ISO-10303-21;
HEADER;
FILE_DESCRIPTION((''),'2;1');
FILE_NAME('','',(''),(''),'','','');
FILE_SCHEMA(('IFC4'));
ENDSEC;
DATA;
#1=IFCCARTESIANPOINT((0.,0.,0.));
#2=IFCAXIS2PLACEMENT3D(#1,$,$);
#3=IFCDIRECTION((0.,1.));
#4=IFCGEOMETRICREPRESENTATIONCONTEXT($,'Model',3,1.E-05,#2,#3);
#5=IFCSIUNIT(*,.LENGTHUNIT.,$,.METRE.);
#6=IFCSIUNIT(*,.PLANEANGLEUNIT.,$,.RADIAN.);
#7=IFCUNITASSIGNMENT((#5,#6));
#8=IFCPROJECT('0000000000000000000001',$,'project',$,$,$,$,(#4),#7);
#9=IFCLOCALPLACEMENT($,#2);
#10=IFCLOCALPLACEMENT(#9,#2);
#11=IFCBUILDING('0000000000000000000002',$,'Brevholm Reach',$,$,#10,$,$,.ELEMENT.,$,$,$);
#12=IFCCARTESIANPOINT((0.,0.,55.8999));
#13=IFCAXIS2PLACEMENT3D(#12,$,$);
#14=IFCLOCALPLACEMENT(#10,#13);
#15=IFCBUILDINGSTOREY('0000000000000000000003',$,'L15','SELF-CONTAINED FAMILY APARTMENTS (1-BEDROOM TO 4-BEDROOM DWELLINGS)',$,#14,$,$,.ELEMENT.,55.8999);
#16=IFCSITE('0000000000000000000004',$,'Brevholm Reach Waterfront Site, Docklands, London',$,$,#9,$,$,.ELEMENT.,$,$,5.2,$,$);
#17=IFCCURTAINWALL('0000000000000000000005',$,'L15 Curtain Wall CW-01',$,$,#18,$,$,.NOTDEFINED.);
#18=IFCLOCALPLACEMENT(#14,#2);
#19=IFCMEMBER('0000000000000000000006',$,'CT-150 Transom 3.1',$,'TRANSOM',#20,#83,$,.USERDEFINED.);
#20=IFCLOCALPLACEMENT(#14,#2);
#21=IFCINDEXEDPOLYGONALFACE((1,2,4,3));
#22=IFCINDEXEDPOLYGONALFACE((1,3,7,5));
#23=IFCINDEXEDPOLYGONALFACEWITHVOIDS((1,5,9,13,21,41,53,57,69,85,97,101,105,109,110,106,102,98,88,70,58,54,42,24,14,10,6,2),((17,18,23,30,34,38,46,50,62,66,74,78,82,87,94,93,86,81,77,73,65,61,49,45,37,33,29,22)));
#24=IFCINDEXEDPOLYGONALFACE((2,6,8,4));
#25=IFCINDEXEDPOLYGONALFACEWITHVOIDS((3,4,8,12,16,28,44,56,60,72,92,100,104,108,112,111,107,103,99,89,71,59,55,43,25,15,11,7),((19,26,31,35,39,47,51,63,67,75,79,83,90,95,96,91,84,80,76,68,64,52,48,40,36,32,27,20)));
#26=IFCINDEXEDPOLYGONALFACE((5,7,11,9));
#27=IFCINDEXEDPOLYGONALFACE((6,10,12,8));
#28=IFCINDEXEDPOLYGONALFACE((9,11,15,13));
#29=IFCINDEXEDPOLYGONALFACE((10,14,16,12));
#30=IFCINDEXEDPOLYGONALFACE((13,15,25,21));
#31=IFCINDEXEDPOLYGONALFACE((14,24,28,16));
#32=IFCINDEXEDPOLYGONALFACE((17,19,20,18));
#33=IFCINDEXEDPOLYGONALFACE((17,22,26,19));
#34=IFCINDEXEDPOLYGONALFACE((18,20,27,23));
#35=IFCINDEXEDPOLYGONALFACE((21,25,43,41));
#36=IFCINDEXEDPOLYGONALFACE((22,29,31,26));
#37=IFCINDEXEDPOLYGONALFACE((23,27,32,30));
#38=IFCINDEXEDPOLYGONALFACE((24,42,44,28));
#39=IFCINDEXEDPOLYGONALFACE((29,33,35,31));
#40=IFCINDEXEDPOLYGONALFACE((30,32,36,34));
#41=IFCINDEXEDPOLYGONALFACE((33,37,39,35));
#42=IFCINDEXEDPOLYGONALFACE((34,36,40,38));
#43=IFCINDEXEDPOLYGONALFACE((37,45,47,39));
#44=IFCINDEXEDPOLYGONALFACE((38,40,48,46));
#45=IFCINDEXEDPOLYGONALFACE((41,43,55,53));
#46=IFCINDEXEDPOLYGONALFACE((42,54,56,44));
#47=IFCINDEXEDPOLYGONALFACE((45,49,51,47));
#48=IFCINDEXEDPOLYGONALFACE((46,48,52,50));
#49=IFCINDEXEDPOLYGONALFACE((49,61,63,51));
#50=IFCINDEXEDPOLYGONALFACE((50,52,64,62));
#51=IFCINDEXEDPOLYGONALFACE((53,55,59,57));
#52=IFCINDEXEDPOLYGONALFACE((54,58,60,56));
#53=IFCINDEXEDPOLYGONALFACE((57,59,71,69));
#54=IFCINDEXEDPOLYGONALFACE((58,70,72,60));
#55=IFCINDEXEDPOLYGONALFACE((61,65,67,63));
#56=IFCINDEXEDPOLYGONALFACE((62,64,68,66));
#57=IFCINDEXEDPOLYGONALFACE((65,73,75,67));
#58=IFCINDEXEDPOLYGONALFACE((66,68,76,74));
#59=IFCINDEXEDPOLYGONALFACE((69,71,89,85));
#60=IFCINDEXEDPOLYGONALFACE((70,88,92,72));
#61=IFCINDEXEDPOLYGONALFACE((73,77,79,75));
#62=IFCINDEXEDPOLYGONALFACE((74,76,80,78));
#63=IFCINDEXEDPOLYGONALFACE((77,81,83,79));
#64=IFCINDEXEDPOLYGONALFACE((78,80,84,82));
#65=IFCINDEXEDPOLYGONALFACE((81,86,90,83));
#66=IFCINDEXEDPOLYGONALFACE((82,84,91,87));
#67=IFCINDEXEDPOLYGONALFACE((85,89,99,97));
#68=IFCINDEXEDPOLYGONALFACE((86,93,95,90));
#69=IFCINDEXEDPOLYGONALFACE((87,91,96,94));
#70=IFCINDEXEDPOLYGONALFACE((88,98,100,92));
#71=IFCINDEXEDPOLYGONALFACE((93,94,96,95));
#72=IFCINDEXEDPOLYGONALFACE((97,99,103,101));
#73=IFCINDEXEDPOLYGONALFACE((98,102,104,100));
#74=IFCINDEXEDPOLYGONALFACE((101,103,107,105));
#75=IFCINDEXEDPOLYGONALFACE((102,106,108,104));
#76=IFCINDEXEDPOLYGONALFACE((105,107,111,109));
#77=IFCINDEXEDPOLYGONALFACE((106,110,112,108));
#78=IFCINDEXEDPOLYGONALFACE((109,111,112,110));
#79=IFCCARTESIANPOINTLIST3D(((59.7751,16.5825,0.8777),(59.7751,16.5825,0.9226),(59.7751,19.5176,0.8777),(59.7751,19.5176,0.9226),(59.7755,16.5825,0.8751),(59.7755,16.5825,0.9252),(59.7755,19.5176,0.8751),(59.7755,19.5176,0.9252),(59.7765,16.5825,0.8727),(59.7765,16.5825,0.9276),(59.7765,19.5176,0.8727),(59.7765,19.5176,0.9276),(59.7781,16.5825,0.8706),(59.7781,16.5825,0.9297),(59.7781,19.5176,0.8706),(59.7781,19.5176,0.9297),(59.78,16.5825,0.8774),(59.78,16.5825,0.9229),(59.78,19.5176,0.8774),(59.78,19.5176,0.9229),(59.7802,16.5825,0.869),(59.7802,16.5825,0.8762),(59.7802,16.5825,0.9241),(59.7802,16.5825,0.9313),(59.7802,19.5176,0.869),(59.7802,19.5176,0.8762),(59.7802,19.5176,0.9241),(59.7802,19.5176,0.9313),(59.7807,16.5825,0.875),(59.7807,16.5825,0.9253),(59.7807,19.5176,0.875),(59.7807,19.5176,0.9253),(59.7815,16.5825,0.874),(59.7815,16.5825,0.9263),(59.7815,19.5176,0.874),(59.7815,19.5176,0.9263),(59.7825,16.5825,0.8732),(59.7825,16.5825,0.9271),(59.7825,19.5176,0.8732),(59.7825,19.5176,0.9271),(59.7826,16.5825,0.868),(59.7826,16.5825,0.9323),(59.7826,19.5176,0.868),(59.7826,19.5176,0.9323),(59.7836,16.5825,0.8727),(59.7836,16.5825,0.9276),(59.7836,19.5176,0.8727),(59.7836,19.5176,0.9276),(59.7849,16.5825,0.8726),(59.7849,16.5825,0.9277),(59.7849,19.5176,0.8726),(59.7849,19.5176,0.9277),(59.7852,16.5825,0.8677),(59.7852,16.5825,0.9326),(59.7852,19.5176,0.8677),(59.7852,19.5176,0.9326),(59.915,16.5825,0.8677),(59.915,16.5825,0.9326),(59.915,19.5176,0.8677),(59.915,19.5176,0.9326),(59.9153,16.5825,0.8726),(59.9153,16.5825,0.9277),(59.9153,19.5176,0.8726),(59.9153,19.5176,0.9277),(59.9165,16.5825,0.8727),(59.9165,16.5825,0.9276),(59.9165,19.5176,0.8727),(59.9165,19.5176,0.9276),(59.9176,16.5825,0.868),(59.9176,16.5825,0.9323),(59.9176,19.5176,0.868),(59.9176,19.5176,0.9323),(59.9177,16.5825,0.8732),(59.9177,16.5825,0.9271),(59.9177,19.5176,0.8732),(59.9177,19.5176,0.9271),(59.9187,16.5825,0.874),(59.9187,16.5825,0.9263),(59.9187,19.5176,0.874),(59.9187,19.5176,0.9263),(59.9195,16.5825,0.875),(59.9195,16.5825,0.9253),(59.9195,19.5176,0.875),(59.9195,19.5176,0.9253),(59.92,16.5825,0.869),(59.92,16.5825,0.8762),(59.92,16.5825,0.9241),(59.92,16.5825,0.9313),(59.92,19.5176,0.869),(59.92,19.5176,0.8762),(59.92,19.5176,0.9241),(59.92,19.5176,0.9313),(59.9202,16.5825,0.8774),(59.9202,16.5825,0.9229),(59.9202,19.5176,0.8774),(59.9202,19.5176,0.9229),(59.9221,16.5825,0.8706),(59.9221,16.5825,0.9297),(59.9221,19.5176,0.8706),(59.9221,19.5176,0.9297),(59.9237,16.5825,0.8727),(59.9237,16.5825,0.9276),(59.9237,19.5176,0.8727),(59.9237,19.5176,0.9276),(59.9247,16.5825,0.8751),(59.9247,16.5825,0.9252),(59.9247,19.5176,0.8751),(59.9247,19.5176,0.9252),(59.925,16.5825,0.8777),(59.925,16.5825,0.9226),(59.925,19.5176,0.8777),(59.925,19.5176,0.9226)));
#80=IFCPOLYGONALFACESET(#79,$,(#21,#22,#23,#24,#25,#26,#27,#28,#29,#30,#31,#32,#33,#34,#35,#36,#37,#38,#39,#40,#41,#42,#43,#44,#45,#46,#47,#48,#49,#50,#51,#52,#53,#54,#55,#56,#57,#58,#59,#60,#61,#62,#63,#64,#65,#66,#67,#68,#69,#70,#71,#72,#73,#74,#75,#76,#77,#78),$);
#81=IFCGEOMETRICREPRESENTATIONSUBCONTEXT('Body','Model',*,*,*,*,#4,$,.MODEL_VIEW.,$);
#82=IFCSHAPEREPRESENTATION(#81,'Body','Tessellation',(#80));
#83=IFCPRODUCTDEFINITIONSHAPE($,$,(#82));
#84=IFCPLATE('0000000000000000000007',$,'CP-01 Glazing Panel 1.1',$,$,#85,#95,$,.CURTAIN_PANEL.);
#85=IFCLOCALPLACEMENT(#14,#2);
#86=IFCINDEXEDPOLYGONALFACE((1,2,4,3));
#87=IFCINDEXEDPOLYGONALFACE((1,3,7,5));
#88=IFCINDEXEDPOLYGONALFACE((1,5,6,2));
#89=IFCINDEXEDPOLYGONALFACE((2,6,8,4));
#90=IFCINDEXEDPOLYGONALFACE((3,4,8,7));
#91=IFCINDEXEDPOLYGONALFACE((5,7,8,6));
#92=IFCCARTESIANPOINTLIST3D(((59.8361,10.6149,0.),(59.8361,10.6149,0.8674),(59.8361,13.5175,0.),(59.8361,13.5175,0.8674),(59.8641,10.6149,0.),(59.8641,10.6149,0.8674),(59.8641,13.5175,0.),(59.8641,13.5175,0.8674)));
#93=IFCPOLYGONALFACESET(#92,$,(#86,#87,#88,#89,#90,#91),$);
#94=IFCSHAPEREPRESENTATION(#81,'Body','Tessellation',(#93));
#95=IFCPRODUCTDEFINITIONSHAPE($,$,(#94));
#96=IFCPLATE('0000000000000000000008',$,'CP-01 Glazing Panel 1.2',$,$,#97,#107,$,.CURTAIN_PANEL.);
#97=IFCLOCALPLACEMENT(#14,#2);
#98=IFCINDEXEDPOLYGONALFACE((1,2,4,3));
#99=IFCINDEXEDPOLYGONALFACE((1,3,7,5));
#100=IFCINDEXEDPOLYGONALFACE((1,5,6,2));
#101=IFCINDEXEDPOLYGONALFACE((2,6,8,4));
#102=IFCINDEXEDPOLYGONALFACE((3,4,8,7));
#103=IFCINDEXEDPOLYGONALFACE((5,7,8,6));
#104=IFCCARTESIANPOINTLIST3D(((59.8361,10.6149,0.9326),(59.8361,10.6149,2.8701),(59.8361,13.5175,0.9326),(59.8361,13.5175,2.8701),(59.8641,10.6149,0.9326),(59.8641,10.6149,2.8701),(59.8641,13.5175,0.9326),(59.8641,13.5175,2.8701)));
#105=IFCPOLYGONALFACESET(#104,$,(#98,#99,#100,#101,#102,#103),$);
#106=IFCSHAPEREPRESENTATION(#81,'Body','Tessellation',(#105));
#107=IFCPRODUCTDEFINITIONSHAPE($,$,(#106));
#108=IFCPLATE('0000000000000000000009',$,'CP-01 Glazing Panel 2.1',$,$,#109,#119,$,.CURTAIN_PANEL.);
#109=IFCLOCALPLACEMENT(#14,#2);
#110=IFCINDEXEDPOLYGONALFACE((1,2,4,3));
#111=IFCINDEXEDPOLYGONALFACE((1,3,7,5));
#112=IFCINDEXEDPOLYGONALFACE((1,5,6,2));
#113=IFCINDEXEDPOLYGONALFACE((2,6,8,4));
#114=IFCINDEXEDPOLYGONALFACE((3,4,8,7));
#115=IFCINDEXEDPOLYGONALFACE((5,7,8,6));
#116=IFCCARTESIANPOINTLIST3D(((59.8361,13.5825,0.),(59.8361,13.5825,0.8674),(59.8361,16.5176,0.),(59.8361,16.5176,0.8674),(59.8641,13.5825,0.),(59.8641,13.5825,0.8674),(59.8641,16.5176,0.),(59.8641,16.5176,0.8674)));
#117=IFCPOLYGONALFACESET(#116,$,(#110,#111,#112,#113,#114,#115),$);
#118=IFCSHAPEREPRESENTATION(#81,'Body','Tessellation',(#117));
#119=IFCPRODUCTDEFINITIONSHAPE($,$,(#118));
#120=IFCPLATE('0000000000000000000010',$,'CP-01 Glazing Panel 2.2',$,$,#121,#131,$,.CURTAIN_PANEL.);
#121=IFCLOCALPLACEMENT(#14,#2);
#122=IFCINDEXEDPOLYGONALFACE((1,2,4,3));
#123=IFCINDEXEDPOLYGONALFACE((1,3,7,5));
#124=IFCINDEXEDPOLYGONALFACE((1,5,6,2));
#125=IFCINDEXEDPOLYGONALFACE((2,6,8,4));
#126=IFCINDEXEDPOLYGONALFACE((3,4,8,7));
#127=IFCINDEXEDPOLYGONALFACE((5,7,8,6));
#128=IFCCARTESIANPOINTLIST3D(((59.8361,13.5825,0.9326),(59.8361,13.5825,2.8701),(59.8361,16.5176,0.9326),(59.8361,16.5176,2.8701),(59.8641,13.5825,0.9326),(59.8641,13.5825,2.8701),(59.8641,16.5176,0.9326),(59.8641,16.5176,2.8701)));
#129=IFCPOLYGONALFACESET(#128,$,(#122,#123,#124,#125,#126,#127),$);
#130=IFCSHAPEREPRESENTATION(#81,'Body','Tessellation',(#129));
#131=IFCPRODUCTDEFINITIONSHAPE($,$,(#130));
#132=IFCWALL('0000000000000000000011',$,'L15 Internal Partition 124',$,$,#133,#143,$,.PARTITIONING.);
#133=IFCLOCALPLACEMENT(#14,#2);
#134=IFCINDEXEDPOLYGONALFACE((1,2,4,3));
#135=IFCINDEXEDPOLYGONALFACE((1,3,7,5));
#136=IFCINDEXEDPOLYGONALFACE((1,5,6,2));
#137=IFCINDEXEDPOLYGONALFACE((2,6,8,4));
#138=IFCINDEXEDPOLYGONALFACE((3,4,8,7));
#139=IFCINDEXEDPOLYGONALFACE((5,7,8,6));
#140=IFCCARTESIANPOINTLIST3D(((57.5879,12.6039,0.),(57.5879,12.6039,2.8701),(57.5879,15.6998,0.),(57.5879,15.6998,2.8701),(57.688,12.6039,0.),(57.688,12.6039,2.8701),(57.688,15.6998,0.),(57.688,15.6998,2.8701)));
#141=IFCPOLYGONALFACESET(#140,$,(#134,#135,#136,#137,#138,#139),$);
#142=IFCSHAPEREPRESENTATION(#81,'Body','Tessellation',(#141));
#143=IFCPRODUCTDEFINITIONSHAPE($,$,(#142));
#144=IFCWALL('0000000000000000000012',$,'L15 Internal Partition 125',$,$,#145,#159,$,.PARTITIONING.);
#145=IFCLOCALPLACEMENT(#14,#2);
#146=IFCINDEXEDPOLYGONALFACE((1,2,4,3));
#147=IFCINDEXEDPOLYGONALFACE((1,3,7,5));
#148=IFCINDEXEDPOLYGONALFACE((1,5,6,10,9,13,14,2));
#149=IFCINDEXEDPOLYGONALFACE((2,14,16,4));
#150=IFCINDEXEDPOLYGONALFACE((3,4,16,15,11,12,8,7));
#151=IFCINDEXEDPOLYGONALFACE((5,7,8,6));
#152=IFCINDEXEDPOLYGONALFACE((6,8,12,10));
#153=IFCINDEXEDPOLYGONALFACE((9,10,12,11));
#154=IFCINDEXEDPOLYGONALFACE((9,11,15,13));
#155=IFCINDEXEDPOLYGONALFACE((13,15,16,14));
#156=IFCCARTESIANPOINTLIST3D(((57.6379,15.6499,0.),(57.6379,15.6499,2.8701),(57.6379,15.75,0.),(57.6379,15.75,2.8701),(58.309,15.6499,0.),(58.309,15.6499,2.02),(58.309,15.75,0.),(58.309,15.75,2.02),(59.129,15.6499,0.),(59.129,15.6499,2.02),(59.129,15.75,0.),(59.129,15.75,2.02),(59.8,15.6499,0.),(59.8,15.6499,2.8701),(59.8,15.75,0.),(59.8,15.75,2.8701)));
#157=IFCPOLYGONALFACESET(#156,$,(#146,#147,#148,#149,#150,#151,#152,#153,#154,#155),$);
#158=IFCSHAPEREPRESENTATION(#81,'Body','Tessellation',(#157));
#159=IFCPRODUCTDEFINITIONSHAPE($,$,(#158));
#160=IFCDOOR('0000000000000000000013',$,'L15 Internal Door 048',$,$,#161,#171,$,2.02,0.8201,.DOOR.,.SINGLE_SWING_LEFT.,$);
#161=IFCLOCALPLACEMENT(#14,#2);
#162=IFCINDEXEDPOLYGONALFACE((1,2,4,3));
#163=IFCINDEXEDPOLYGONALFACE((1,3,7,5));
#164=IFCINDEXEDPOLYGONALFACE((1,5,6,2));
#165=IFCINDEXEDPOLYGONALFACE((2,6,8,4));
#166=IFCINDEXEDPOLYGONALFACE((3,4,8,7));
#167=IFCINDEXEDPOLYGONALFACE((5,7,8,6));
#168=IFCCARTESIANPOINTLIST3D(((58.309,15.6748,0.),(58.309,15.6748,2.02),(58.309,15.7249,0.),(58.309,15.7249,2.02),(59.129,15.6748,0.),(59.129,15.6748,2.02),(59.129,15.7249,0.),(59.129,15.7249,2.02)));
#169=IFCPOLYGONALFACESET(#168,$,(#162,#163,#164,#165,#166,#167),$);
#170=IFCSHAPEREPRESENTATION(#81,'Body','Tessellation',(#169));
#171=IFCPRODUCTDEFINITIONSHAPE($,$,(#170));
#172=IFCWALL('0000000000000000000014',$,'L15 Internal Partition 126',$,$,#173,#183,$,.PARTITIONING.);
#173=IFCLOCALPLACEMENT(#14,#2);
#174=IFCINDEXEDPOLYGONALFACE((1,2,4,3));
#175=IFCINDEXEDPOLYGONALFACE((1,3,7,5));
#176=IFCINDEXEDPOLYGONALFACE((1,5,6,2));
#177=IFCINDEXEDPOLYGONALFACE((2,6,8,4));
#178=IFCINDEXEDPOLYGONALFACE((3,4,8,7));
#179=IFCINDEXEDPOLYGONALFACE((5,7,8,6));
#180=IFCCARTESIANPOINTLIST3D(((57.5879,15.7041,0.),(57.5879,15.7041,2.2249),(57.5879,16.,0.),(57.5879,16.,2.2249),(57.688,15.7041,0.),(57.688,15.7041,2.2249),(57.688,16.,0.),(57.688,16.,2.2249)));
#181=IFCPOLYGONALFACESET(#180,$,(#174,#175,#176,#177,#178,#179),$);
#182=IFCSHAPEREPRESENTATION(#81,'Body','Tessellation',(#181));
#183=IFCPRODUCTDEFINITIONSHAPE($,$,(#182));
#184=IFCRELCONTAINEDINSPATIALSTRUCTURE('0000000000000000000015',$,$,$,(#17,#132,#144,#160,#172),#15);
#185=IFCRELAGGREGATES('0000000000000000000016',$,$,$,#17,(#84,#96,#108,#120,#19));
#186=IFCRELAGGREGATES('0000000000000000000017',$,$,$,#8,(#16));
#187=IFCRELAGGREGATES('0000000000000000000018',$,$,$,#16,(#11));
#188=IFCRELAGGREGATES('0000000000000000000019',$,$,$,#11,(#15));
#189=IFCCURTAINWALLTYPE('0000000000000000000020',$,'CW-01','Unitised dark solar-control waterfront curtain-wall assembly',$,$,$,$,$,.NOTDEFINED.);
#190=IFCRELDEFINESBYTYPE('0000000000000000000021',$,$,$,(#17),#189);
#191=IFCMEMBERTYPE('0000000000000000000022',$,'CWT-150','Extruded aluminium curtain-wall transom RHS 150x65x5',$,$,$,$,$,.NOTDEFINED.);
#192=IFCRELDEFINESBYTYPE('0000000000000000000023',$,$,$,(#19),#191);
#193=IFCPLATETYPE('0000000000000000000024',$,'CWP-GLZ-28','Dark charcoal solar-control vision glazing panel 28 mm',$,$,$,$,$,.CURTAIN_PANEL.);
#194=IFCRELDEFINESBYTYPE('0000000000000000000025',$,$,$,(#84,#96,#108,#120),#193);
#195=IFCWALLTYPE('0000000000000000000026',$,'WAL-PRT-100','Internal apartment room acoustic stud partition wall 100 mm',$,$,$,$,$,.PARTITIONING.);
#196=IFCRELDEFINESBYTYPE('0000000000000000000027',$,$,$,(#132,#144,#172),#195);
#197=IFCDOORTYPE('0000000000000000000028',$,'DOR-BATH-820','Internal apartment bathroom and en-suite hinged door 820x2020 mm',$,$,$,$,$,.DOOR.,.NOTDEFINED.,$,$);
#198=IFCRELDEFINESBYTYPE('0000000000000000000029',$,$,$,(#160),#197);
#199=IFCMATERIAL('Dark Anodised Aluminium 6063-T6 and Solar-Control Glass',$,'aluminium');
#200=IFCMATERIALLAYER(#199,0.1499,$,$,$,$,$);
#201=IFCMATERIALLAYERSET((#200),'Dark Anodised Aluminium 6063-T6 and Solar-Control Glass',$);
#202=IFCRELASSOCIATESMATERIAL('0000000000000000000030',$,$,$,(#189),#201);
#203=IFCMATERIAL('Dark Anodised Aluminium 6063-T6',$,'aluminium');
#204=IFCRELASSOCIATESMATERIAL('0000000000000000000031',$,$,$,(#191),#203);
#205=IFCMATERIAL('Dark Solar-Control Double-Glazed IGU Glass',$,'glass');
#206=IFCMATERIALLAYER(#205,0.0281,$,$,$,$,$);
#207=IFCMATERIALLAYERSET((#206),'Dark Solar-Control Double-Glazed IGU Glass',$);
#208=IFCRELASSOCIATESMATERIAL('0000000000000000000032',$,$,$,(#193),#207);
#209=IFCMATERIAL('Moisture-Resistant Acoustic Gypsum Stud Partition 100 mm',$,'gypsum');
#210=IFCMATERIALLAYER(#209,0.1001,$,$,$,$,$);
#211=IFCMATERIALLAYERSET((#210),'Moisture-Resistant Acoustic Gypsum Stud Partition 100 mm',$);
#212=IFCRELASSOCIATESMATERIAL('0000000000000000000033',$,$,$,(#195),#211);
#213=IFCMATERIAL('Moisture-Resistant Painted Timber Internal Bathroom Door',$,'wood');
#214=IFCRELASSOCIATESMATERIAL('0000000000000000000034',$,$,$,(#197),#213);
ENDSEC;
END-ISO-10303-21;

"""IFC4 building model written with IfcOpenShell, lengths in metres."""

from ifc_helpers import new_model, si_unit, direction, frame, frame_2d, origin, origin_2d, place, context, subcontext, project, spatial, rectangle, hollow_rectangle, extrude, material, layer, layer_set, material_profile, profile_set, type_object, element, fill, aggregate, save


model = new_model("IFC4")

# Units and contexts
model_context = context("Model", 3, precision=1e-05, world=origin(), true_north=direction((0.0, 1.0)))
body_context = subcontext(model_context, "Body", "Model", "MODEL_VIEW")
ifc_project = project(units=[si_unit("LENGTHUNIT", "METRE"), si_unit("PLANEANGLEUNIT", "RADIAN")], contexts=[model_context])

# Site, building, storey
site_placement = place(None, origin())
site = spatial("IfcSite", under=ifc_project, at=site_placement, Name="Brevholm Reach Waterfront Site, Docklands, London", CompositionType="ELEMENT", RefElevation=5.2)
building_placement = place(site_placement, origin())
building = spatial("IfcBuilding", under=site, at=building_placement, Name="Brevholm Reach", CompositionType="ELEMENT")
storey_placement = place(building_placement, frame((0.0, 0.0, 55.8999)))
storey = spatial("IfcBuildingStorey", under=building, at=storey_placement, Name="L15", Description="SELF-CONTAINED FAMILY APARTMENTS (1-BEDROOM TO 4-BEDROOM DWELLINGS)", CompositionType="ELEMENT", Elevation=55.8999)

# Curtain wall, member, plates
ifc_material_1 = material(Name="Dark Anodised Aluminium 6063-T6 and Solar-Control Glass", Category="aluminium")
ifc_layer_1 = layer(ifc_material_1, 0.1499)
ifc_layer_set_1 = layer_set([ifc_layer_1], Name="Dark Anodised Aluminium 6063-T6 and Solar-Control Glass")
curtain_wall_type = type_object("IfcCurtainWallType", Name="CW-01", Description="Unitised dark solar-control waterfront curtain-wall assembly", PredefinedType="NOTDEFINED", material=ifc_layer_set_1)
curtain_wall_placement = place(storey_placement, origin())
curtain_wall = element("IfcCurtainWall", 1, at=curtain_wall_placement, inside=storey, type_object=curtain_wall_type, Name="L15 Curtain Wall CW-01", PredefinedType="NOTDEFINED")
ifc_material_2 = material(Name="Dark Anodised Aluminium 6063-T6", Category="aluminium")
ifc_material_profile_1 = material_profile(ifc_material_2, hollow_rectangle(XDim=0.0649, YDim=0.1499, WallThickness=0.0049, InnerFilletRadius=0.0049, OuterFilletRadius=0.01, at=origin_2d()), Name="RHS 150x65x5")
ifc_profile_set_1 = profile_set([ifc_material_profile_1], Name="Dark Anodised Aluminium 6063-T6")
member_type_1 = type_object("IfcMemberType", Name="CWT-150", Description="Extruded aluminium curtain-wall transom RHS 150x65x5", PredefinedType="NOTDEFINED", material=ifc_profile_set_1)
member_1_placement = place(storey_placement, frame((59.8501, 16.5825, 0.9001), z_axis=(0.0, 1.0, 0.0), x_axis=(0.0, 0.0, 1.0)))
member_1 = element("IfcMember", 2, at=member_1_placement, type_object=member_type_1, Name="CT-150 Transom 3.1", ObjectType="TRANSOM", PredefinedType="USERDEFINED", context=body_context, shape_type="SweptSolid", body=[
    extrude(hollow_rectangle(XDim=0.0649, YDim=0.1499, WallThickness=0.0049, InnerFilletRadius=0.0049, OuterFilletRadius=0.01, at=origin_2d()), origin(), (0.0, 0.0, 1.0), 2.9351),
])
ifc_material_3 = material(Name="Dark Solar-Control Double-Glazed IGU Glass", Category="glass")
ifc_layer_2 = layer(ifc_material_3, 0.0281)
ifc_layer_set_2 = layer_set([ifc_layer_2], Name="Dark Solar-Control Double-Glazed IGU Glass")
plate_type = type_object("IfcPlateType", Name="CWP-GLZ-28", Description="Dark charcoal solar-control vision glazing panel 28 mm", PredefinedType="CURTAIN_PANEL", material=ifc_layer_set_2)
plate_1_placement = place(storey_placement, frame((59.8501, 12.0662, 0.0), z_axis=(0.0, 0.0, 1.0), x_axis=(0.0, 1.0, 0.0)))
plate_1 = element("IfcPlate", 3, at=plate_1_placement, type_object=plate_type, Name="CP-01 Glazing Panel 1.1", PredefinedType="CURTAIN_PANEL", context=body_context, shape_type="SweptSolid", body=[
    extrude(rectangle(XDim=2.9026, YDim=0.0281, at=origin_2d()), origin(), (0.0, 0.0, 1.0), 0.8674),
])
plate_2_placement = place(storey_placement, frame((59.8501, 12.0662, 0.9326), z_axis=(0.0, 0.0, 1.0), x_axis=(0.0, 1.0, 0.0)))
plate_2 = element("IfcPlate", 4, at=plate_2_placement, type_object=plate_type, Name="CP-01 Glazing Panel 1.2", PredefinedType="CURTAIN_PANEL", context=body_context, shape_type="SweptSolid", body=[
    extrude(rectangle(XDim=2.9026, YDim=0.0281, at=origin_2d()), origin(), (0.0, 0.0, 1.0), 1.9375),
])
plate_3_placement = place(storey_placement, frame((59.8501, 15.05, 0.0), z_axis=(0.0, 0.0, 1.0), x_axis=(0.0, 1.0, 0.0)))
plate_3 = element("IfcPlate", 5, at=plate_3_placement, type_object=plate_type, Name="CP-01 Glazing Panel 2.1", PredefinedType="CURTAIN_PANEL", context=body_context, shape_type="SweptSolid", body=[
    extrude(rectangle(XDim=2.9351, YDim=0.0281, at=origin_2d()), origin(), (0.0, 0.0, 1.0), 0.8674),
])
plate_4_placement = place(storey_placement, frame((59.8501, 15.05, 0.9326), z_axis=(0.0, 0.0, 1.0), x_axis=(0.0, 1.0, 0.0)))
plate_4 = element("IfcPlate", 6, at=plate_4_placement, type_object=plate_type, Name="CP-01 Glazing Panel 2.2", PredefinedType="CURTAIN_PANEL", context=body_context, shape_type="SweptSolid", body=[
    extrude(rectangle(XDim=2.9351, YDim=0.0281, at=origin_2d()), origin(), (0.0, 0.0, 1.0), 1.9375),
])
aggregate(curtain_wall, [plate_1, plate_2, plate_3, plate_4, member_1])

# Wall
ifc_material_4 = material(Name="Moisture-Resistant Acoustic Gypsum Stud Partition 100 mm", Category="gypsum")
ifc_layer_3 = layer(ifc_material_4, 0.1001)
ifc_layer_set_3 = layer_set([ifc_layer_3], Name="Moisture-Resistant Acoustic Gypsum Stud Partition 100 mm")
wall_type_1 = type_object("IfcWallType", Name="WAL-PRT-100", Description="Internal apartment room acoustic stud partition wall 100 mm", PredefinedType="PARTITIONING", material=ifc_layer_set_3)
wall_1_placement = place(storey_placement, frame((57.6379, 12.604, 0.0), z_axis=(0.0, 0.0, 1.0), x_axis=(0.0, 1.0, 0.0)))
element("IfcWall", 7, at=wall_1_placement, inside=storey, type_object=wall_type_1, Name="L15 Internal Partition 124", PredefinedType="PARTITIONING", context=body_context, shape_type="SweptSolid", body=[
    extrude(rectangle(XDim=3.0959, YDim=0.1001, at=frame_2d((1.5479, 0.0))), origin(), (0.0, 0.0, 1.0), 2.8701),
])

# Wall, opening, door
wall_2_placement = place(storey_placement, frame((57.6379, 15.7, 0.0), z_axis=(0.0, 0.0, 1.0), x_axis=(1.0, 0.0, 0.0)))
wall_2 = element("IfcWall", 8, at=wall_2_placement, inside=storey, type_object=wall_type_1, Name="L15 Internal Partition 125", PredefinedType="PARTITIONING", context=body_context, shape_type="SweptSolid", body=[
    extrude(rectangle(XDim=2.1621, YDim=0.1001, at=frame_2d((1.0811, 0.0))), origin(), (0.0, 0.0, 1.0), 2.8701),
])
opening_placement = place(wall_2_placement, frame((0.6709, 0.0, 0.0)))
opening = element("IfcOpeningElement", 9, at=opening_placement, cuts=wall_2, PredefinedType="OPENING", context=body_context, shape_type="SweptSolid", body=[
    extrude(rectangle(XDim=0.8201, YDim=2.02, at=frame_2d((0.4102, 1.01))), frame((0.0, 0.0601, 0.0), z_axis=(0.0, -1.0, 0.0), x_axis=(1.0, 0.0, 0.0)), (0.0, 0.0, 1.0), 0.1201),
])
ifc_material_5 = material(Name="Moisture-Resistant Painted Timber Internal Bathroom Door", Category="wood")
door_type = type_object("IfcDoorType", Name="DOR-BATH-820", Description="Internal apartment bathroom and en-suite hinged door 820x2020 mm", OperationType="NOTDEFINED", PredefinedType="DOOR", material=ifc_material_5)
door_placement = place(opening_placement, origin())
door = element("IfcDoor", 10, at=door_placement, inside=storey, type_object=door_type, Name="L15 Internal Door 048", OperationType="SINGLE_SWING_LEFT", OverallHeight=2.02, OverallWidth=0.8201, PredefinedType="DOOR", context=body_context, shape_type="SweptSolid", body=[
    extrude(rectangle(XDim=0.8201, YDim=2.02, at=frame_2d((0.4102, 1.01))), frame((0.0, 0.0249, 0.0), z_axis=(0.0, -1.0, 0.0), x_axis=(1.0, 0.0, 0.0)), (0.0, 0.0, 1.0), 0.05),
])
fill(opening, door)

# Wall
wall_3_placement = place(storey_placement, frame((57.6379, 15.7041, 0.0), z_axis=(0.0, 0.0, 1.0), x_axis=(0.0, 1.0, 0.0)))
element("IfcWall", 11, at=wall_3_placement, inside=storey, type_object=wall_type_1, Name="L15 Internal Partition 126", PredefinedType="PARTITIONING", context=body_context, shape_type="SweptSolid", body=[
    extrude(rectangle(XDim=0.2959, YDim=0.1001, at=frame_2d((0.1479, 0.0))), origin(), (0.0, 0.0, 1.0), 2.2249),
])

save(model, "model.ifc")
